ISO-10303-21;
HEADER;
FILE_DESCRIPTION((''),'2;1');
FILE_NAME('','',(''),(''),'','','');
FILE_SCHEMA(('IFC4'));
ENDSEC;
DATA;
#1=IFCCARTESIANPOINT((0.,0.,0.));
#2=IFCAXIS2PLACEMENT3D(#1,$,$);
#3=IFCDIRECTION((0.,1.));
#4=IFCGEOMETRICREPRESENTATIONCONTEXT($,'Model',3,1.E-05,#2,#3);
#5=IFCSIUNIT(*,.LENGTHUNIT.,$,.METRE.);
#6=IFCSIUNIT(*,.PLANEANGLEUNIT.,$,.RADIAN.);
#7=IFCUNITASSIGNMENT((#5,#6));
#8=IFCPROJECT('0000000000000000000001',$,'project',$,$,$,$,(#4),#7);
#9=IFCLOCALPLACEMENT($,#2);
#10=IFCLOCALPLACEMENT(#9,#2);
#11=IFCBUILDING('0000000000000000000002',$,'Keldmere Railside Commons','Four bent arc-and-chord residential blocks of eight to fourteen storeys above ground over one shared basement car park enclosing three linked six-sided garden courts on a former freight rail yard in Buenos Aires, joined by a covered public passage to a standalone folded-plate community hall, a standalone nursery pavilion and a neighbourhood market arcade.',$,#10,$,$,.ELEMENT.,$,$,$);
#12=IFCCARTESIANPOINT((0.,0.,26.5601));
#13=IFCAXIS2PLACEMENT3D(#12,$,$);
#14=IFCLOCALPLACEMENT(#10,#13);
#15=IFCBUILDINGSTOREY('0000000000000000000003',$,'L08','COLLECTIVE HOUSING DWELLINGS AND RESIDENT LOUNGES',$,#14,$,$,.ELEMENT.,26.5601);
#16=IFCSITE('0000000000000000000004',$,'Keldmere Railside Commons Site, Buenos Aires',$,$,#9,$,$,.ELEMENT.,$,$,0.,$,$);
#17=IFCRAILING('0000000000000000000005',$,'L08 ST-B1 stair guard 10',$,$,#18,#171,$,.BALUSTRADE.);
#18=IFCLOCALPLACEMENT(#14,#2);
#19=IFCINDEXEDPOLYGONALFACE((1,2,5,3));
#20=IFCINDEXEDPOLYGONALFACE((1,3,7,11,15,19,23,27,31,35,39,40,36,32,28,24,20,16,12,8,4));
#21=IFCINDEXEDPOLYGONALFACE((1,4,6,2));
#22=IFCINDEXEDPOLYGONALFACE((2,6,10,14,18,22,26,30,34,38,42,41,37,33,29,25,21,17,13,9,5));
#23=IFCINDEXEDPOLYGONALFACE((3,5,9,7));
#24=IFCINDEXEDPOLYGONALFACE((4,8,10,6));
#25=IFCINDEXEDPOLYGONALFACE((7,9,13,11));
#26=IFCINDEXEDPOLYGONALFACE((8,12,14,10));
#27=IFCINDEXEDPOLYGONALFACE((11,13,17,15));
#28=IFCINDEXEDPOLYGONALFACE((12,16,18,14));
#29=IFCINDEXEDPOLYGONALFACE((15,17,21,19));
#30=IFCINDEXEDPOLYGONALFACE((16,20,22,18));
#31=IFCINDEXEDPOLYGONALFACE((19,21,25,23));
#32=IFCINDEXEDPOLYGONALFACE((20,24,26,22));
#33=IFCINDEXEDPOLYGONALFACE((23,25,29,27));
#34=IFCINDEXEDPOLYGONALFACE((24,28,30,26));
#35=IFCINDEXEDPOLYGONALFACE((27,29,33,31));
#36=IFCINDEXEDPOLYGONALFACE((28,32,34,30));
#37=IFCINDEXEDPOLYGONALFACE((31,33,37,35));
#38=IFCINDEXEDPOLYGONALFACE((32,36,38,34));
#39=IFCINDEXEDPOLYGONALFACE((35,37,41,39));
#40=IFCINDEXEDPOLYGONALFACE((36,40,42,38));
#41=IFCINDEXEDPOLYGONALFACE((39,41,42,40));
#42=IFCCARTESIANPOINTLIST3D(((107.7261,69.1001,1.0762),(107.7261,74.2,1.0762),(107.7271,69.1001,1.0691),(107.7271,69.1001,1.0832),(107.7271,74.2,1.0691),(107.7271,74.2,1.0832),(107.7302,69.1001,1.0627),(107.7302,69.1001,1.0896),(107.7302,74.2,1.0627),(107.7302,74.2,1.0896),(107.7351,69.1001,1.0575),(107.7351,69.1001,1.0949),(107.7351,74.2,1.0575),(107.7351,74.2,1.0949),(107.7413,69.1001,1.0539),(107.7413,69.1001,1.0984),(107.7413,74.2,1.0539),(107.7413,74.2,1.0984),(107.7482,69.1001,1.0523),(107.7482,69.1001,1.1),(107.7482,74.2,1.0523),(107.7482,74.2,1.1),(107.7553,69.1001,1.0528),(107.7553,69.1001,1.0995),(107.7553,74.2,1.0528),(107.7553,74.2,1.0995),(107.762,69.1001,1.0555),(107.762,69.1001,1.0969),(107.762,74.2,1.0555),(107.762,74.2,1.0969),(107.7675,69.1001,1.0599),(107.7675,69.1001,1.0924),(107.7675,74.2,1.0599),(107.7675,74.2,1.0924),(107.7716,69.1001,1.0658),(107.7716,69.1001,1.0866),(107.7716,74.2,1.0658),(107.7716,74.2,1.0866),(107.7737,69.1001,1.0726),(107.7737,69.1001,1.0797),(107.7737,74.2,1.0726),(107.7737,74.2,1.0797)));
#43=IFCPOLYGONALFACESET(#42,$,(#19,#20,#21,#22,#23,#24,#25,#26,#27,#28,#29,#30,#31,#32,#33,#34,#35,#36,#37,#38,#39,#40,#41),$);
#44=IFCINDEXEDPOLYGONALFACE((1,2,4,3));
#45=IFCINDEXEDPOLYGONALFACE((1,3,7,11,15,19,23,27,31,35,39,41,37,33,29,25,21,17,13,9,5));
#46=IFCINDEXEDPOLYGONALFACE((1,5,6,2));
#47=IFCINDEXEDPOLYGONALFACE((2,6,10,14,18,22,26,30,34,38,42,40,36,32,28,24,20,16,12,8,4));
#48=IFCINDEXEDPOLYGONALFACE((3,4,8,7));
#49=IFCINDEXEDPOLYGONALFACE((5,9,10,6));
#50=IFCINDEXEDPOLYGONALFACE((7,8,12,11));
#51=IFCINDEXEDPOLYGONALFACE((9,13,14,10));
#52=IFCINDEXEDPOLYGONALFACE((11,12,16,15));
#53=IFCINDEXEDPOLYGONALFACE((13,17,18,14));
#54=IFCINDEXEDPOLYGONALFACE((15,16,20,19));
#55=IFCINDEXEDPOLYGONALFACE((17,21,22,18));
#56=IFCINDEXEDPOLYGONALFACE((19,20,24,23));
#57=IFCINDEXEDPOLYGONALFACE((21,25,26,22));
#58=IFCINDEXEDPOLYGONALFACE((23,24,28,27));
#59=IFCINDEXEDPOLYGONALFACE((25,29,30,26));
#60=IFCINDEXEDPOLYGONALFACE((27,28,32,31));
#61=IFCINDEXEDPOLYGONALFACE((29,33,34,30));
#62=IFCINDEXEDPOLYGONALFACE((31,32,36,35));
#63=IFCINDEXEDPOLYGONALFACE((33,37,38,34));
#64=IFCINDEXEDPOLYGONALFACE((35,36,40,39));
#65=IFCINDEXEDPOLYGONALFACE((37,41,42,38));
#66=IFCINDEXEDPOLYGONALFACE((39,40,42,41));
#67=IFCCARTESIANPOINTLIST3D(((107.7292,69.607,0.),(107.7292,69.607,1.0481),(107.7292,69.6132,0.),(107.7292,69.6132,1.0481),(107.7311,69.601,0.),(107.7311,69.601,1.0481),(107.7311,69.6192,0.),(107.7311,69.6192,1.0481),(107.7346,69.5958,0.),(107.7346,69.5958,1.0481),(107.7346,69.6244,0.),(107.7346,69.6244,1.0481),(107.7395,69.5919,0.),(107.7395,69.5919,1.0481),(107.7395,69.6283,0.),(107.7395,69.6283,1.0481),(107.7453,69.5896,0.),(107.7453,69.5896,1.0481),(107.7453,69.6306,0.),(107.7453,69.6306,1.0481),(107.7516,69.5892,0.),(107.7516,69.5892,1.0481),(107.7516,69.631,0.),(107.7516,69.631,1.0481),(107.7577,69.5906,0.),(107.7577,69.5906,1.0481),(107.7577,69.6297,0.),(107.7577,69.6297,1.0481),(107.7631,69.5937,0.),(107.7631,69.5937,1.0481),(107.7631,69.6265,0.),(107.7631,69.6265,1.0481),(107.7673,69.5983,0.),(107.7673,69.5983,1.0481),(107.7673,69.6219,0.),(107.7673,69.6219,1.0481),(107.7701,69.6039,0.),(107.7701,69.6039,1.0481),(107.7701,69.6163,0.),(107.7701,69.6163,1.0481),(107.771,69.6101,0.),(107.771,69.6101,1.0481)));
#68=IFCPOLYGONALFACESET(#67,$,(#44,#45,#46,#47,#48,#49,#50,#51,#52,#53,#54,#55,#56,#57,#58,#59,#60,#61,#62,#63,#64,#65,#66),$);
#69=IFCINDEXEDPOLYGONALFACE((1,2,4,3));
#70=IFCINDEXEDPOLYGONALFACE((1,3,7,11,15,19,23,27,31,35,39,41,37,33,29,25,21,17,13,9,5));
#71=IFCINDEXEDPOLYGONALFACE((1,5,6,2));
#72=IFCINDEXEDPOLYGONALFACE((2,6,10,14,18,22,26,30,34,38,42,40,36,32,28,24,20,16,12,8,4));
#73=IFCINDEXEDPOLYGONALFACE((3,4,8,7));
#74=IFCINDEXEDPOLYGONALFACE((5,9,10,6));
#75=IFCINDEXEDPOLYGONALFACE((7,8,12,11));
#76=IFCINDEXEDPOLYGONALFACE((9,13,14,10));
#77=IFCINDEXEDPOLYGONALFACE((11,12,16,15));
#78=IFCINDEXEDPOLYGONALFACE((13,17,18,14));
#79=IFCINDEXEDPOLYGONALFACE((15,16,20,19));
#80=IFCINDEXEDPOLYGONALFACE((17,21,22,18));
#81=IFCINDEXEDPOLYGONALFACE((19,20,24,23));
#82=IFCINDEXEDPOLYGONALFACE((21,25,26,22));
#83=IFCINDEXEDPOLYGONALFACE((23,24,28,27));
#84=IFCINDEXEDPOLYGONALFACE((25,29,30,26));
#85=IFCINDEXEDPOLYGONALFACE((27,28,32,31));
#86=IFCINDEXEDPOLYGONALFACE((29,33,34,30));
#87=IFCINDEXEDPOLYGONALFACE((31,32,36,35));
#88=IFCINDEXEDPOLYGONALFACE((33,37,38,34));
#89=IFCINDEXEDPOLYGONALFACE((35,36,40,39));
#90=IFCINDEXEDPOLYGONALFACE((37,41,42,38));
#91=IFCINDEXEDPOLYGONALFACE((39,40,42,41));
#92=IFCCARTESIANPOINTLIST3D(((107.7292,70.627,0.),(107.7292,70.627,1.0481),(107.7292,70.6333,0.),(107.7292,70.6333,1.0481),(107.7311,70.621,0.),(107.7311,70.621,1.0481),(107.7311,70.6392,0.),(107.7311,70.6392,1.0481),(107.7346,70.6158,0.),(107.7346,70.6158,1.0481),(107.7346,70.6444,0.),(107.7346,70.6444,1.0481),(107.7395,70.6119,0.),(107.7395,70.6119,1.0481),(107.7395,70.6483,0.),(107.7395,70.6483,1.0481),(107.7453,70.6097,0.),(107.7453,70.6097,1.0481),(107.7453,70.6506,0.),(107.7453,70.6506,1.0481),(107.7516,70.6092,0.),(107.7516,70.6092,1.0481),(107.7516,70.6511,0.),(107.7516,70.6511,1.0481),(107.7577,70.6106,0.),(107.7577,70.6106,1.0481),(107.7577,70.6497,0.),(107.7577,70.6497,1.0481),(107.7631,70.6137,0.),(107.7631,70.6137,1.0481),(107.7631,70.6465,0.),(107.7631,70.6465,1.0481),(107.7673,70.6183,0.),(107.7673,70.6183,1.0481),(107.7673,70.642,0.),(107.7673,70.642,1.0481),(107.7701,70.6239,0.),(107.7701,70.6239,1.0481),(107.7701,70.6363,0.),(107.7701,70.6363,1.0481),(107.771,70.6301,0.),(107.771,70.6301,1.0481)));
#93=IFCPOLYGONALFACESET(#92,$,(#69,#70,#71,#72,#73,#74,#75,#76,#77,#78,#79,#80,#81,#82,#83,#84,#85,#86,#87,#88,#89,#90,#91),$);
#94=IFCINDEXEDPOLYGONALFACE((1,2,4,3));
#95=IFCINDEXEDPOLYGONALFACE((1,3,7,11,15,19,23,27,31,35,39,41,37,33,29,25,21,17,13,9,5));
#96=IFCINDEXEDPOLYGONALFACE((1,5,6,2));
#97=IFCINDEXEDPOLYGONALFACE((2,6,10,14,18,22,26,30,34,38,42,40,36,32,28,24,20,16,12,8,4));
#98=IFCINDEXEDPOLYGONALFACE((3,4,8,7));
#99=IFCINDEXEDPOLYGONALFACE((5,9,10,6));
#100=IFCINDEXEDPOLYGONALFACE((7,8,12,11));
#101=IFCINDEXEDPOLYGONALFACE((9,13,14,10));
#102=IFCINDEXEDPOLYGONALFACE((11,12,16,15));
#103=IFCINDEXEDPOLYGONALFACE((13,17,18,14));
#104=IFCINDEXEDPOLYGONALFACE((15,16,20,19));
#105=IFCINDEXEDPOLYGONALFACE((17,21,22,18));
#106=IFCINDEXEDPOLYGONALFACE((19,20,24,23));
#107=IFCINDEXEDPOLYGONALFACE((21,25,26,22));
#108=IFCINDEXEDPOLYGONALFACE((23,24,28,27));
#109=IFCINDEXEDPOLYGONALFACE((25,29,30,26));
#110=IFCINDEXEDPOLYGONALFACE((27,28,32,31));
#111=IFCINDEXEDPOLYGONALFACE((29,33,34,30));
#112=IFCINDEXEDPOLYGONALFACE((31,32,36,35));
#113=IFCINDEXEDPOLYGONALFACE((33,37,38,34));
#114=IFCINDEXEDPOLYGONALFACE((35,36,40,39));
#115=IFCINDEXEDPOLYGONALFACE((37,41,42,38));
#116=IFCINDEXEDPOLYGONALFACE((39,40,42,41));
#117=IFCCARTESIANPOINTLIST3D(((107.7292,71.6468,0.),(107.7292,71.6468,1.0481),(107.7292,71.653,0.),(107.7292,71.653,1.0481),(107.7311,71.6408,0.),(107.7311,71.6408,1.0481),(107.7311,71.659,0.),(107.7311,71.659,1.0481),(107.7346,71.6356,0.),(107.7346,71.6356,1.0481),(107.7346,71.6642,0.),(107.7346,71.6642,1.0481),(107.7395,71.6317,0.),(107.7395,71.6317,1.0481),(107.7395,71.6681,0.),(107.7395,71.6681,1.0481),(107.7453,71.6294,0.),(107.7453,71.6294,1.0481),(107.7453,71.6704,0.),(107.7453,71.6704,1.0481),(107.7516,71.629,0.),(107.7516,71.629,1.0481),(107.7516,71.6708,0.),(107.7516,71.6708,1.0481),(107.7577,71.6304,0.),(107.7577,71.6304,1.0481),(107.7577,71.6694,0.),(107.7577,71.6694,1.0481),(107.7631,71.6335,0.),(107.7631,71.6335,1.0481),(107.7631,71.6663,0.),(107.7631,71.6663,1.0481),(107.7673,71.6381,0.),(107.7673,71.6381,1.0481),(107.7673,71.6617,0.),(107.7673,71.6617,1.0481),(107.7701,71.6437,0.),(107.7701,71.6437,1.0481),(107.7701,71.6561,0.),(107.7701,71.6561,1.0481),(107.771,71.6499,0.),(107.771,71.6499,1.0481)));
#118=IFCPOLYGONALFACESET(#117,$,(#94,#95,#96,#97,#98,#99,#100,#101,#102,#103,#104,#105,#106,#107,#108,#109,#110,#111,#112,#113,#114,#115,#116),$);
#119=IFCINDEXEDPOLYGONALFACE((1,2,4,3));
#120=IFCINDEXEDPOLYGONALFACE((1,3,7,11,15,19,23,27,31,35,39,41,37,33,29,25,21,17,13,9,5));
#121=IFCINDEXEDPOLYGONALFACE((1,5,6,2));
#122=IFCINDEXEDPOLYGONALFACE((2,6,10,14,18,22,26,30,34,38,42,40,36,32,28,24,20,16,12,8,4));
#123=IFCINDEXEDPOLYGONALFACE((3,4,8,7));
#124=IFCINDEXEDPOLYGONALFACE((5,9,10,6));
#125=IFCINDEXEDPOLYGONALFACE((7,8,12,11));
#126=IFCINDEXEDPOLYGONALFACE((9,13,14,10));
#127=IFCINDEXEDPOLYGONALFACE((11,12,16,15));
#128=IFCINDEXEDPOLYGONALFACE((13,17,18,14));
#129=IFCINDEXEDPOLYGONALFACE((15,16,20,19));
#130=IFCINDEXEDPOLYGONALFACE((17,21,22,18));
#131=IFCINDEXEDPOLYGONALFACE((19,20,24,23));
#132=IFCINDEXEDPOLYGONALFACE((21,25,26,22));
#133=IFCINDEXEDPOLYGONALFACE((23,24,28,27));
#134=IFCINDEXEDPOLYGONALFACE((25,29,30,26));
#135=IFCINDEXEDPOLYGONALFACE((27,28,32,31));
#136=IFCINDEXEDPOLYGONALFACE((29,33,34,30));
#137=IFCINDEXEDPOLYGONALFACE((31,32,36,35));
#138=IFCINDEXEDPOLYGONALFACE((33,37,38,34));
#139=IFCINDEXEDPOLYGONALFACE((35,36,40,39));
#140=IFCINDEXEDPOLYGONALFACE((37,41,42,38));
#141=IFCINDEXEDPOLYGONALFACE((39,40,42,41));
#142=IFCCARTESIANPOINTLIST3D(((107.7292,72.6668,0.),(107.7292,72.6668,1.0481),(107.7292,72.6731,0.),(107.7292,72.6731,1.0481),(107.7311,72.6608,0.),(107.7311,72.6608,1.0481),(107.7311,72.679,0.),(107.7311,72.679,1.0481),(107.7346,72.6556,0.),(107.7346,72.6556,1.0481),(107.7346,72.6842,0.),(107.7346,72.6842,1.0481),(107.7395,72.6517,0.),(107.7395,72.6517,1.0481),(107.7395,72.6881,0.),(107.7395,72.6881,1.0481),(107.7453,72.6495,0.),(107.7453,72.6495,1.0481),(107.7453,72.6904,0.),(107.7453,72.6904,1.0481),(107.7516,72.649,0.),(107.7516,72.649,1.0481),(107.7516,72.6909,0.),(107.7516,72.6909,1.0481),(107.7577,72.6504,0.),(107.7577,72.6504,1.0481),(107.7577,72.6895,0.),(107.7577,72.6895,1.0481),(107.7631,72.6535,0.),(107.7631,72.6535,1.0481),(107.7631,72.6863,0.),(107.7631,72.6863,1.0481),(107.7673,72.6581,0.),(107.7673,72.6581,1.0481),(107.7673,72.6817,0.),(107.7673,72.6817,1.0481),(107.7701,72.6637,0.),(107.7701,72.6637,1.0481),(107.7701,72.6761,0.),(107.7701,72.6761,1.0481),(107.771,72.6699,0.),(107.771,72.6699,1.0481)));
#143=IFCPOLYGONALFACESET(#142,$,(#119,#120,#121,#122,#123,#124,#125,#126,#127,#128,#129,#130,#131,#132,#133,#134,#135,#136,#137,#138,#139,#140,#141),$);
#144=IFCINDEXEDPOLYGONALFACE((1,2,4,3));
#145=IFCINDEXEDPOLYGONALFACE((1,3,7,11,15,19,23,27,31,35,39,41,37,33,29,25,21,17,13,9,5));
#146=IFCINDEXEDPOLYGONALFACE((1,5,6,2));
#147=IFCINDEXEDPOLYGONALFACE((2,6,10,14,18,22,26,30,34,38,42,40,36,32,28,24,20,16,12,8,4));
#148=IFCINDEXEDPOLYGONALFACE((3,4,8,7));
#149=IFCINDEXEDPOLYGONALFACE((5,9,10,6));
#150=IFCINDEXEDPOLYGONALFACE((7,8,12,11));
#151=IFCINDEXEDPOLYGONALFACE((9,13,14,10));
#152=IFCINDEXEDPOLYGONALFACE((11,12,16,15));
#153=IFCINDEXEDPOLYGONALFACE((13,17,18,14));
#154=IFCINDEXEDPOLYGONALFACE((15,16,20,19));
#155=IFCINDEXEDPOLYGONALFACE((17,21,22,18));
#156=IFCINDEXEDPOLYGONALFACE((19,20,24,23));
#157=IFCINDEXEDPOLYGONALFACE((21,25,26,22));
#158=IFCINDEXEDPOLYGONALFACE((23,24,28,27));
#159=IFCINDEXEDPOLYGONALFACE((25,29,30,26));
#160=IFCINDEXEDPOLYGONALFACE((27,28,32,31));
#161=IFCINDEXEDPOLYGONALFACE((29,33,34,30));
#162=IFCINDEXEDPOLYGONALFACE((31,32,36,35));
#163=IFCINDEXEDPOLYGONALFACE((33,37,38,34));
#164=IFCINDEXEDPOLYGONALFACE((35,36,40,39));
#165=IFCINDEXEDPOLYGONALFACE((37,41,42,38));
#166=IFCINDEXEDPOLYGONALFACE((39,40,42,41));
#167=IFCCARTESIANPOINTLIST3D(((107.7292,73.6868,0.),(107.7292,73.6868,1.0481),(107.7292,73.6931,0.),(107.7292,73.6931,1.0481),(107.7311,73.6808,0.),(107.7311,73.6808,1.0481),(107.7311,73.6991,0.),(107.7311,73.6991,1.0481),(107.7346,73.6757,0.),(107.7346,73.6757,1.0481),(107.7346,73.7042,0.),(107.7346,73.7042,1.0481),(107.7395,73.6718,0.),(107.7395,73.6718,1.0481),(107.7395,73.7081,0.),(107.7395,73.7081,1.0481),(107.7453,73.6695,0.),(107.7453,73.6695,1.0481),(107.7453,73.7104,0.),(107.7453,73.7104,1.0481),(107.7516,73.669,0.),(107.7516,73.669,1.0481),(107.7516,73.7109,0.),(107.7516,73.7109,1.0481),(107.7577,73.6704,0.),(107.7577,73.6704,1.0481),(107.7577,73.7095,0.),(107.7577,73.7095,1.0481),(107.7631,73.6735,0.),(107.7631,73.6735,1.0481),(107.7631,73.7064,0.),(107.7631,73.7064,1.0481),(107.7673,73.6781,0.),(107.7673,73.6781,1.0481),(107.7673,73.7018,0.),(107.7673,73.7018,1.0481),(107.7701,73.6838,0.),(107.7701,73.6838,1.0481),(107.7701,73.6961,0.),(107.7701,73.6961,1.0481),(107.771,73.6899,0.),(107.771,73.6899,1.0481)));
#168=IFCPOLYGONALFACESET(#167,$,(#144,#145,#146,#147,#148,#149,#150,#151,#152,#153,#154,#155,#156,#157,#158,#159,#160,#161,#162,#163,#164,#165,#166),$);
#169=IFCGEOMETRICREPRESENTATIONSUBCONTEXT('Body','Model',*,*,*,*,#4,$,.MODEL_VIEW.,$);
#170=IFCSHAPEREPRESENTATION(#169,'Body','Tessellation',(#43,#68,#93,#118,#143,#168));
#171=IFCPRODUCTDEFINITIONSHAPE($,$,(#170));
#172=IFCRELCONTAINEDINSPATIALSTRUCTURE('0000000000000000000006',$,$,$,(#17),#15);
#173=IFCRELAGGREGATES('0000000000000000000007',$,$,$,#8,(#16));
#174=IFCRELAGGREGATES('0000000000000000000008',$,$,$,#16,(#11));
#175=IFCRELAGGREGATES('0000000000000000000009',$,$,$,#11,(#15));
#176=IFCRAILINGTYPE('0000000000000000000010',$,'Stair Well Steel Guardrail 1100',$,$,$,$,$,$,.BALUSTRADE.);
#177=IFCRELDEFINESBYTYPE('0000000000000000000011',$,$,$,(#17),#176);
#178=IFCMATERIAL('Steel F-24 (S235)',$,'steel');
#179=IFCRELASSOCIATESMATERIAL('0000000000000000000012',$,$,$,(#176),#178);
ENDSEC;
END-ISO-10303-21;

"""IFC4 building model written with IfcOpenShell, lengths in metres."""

from ifc_helpers import new_model, si_unit, direction, frame, origin, origin_2d, place, context, subcontext, project, spatial, circle, extrude, material, type_object, element, save


model = new_model("IFC4")

# Units and contexts
model_context = context("Model", 3, precision=1e-05, world=origin(), true_north=direction((0.0, 1.0)))
body_context = subcontext(model_context, "Body", "Model", "MODEL_VIEW")
ifc_project = project(units=[si_unit("LENGTHUNIT", "METRE"), si_unit("PLANEANGLEUNIT", "RADIAN")], contexts=[model_context])

# Site, building, storey
site_placement = place(None, origin())
site = spatial("IfcSite", under=ifc_project, at=site_placement, Name="Keldmere Railside Commons Site, Buenos Aires", CompositionType="ELEMENT", RefElevation=0.0)
building_placement = place(site_placement, origin())
building = spatial("IfcBuilding", under=site, at=building_placement, Name="Keldmere Railside Commons", Description="Four bent arc-and-chord residential blocks of eight to fourteen storeys above ground over one shared basement car park enclosing three linked six-sided garden courts on a former freight rail yard in Buenos Aires, joined by a covered public passage to a standalone folded-plate community hall, a standalone nursery pavilion and a neighbourhood market arcade.", CompositionType="ELEMENT")
storey_placement = place(building_placement, frame((0.0, 0.0, 26.5601)))
storey = spatial("IfcBuildingStorey", under=building, at=storey_placement, Name="L08", Description="COLLECTIVE HOUSING DWELLINGS AND RESIDENT LOUNGES", CompositionType="ELEMENT", Elevation=26.5601)

# Shared definitions
ifc_material_1 = material(Name="Steel F-24 (S235)", Category="steel")

# Railing
railing_type = type_object("IfcRailingType", Name="Stair Well Steel Guardrail 1100", PredefinedType="BALUSTRADE", material=ifc_material_1)
railing_1_placement = place(storey_placement, frame((107.75, 69.1001, 0.0)))
element("IfcRailing", 1, at=railing_1_placement, inside=storey, type_object=railing_type, Name="L08 ST-B1 stair guard 10", PredefinedType="BALUSTRADE", context=body_context, shape_type="SweptSolid", body=[
    extrude(circle(Radius=0.0239, at=origin_2d()), frame((0.0, 0.0, 1.0762), z_axis=(0.0, 1.0, 0.0), x_axis=(-1.0, 0.0, 0.0)), (0.0, 0.0, 1.0), 5.0999),
    extrude(circle(Radius=0.021, at=origin_2d()), frame((0.0, 0.51, 0.0)), (0.0, 0.0, 1.0), 1.0481),
    extrude(circle(Radius=0.021, at=origin_2d()), frame((0.0, 1.53, 0.0)), (0.0, 0.0, 1.0), 1.0481),
    extrude(circle(Radius=0.021, at=origin_2d()), frame((0.0, 2.5498, 0.0)), (0.0, 0.0, 1.0), 1.0481),
    extrude(circle(Radius=0.021, at=origin_2d()), frame((0.0, 3.5698, 0.0)), (0.0, 0.0, 1.0), 1.0481),
    extrude(circle(Radius=0.021, at=origin_2d()), frame((0.0, 4.5898, 0.0)), (0.0, 0.0, 1.0), 1.0481),
])

save(model, "model.ifc")
